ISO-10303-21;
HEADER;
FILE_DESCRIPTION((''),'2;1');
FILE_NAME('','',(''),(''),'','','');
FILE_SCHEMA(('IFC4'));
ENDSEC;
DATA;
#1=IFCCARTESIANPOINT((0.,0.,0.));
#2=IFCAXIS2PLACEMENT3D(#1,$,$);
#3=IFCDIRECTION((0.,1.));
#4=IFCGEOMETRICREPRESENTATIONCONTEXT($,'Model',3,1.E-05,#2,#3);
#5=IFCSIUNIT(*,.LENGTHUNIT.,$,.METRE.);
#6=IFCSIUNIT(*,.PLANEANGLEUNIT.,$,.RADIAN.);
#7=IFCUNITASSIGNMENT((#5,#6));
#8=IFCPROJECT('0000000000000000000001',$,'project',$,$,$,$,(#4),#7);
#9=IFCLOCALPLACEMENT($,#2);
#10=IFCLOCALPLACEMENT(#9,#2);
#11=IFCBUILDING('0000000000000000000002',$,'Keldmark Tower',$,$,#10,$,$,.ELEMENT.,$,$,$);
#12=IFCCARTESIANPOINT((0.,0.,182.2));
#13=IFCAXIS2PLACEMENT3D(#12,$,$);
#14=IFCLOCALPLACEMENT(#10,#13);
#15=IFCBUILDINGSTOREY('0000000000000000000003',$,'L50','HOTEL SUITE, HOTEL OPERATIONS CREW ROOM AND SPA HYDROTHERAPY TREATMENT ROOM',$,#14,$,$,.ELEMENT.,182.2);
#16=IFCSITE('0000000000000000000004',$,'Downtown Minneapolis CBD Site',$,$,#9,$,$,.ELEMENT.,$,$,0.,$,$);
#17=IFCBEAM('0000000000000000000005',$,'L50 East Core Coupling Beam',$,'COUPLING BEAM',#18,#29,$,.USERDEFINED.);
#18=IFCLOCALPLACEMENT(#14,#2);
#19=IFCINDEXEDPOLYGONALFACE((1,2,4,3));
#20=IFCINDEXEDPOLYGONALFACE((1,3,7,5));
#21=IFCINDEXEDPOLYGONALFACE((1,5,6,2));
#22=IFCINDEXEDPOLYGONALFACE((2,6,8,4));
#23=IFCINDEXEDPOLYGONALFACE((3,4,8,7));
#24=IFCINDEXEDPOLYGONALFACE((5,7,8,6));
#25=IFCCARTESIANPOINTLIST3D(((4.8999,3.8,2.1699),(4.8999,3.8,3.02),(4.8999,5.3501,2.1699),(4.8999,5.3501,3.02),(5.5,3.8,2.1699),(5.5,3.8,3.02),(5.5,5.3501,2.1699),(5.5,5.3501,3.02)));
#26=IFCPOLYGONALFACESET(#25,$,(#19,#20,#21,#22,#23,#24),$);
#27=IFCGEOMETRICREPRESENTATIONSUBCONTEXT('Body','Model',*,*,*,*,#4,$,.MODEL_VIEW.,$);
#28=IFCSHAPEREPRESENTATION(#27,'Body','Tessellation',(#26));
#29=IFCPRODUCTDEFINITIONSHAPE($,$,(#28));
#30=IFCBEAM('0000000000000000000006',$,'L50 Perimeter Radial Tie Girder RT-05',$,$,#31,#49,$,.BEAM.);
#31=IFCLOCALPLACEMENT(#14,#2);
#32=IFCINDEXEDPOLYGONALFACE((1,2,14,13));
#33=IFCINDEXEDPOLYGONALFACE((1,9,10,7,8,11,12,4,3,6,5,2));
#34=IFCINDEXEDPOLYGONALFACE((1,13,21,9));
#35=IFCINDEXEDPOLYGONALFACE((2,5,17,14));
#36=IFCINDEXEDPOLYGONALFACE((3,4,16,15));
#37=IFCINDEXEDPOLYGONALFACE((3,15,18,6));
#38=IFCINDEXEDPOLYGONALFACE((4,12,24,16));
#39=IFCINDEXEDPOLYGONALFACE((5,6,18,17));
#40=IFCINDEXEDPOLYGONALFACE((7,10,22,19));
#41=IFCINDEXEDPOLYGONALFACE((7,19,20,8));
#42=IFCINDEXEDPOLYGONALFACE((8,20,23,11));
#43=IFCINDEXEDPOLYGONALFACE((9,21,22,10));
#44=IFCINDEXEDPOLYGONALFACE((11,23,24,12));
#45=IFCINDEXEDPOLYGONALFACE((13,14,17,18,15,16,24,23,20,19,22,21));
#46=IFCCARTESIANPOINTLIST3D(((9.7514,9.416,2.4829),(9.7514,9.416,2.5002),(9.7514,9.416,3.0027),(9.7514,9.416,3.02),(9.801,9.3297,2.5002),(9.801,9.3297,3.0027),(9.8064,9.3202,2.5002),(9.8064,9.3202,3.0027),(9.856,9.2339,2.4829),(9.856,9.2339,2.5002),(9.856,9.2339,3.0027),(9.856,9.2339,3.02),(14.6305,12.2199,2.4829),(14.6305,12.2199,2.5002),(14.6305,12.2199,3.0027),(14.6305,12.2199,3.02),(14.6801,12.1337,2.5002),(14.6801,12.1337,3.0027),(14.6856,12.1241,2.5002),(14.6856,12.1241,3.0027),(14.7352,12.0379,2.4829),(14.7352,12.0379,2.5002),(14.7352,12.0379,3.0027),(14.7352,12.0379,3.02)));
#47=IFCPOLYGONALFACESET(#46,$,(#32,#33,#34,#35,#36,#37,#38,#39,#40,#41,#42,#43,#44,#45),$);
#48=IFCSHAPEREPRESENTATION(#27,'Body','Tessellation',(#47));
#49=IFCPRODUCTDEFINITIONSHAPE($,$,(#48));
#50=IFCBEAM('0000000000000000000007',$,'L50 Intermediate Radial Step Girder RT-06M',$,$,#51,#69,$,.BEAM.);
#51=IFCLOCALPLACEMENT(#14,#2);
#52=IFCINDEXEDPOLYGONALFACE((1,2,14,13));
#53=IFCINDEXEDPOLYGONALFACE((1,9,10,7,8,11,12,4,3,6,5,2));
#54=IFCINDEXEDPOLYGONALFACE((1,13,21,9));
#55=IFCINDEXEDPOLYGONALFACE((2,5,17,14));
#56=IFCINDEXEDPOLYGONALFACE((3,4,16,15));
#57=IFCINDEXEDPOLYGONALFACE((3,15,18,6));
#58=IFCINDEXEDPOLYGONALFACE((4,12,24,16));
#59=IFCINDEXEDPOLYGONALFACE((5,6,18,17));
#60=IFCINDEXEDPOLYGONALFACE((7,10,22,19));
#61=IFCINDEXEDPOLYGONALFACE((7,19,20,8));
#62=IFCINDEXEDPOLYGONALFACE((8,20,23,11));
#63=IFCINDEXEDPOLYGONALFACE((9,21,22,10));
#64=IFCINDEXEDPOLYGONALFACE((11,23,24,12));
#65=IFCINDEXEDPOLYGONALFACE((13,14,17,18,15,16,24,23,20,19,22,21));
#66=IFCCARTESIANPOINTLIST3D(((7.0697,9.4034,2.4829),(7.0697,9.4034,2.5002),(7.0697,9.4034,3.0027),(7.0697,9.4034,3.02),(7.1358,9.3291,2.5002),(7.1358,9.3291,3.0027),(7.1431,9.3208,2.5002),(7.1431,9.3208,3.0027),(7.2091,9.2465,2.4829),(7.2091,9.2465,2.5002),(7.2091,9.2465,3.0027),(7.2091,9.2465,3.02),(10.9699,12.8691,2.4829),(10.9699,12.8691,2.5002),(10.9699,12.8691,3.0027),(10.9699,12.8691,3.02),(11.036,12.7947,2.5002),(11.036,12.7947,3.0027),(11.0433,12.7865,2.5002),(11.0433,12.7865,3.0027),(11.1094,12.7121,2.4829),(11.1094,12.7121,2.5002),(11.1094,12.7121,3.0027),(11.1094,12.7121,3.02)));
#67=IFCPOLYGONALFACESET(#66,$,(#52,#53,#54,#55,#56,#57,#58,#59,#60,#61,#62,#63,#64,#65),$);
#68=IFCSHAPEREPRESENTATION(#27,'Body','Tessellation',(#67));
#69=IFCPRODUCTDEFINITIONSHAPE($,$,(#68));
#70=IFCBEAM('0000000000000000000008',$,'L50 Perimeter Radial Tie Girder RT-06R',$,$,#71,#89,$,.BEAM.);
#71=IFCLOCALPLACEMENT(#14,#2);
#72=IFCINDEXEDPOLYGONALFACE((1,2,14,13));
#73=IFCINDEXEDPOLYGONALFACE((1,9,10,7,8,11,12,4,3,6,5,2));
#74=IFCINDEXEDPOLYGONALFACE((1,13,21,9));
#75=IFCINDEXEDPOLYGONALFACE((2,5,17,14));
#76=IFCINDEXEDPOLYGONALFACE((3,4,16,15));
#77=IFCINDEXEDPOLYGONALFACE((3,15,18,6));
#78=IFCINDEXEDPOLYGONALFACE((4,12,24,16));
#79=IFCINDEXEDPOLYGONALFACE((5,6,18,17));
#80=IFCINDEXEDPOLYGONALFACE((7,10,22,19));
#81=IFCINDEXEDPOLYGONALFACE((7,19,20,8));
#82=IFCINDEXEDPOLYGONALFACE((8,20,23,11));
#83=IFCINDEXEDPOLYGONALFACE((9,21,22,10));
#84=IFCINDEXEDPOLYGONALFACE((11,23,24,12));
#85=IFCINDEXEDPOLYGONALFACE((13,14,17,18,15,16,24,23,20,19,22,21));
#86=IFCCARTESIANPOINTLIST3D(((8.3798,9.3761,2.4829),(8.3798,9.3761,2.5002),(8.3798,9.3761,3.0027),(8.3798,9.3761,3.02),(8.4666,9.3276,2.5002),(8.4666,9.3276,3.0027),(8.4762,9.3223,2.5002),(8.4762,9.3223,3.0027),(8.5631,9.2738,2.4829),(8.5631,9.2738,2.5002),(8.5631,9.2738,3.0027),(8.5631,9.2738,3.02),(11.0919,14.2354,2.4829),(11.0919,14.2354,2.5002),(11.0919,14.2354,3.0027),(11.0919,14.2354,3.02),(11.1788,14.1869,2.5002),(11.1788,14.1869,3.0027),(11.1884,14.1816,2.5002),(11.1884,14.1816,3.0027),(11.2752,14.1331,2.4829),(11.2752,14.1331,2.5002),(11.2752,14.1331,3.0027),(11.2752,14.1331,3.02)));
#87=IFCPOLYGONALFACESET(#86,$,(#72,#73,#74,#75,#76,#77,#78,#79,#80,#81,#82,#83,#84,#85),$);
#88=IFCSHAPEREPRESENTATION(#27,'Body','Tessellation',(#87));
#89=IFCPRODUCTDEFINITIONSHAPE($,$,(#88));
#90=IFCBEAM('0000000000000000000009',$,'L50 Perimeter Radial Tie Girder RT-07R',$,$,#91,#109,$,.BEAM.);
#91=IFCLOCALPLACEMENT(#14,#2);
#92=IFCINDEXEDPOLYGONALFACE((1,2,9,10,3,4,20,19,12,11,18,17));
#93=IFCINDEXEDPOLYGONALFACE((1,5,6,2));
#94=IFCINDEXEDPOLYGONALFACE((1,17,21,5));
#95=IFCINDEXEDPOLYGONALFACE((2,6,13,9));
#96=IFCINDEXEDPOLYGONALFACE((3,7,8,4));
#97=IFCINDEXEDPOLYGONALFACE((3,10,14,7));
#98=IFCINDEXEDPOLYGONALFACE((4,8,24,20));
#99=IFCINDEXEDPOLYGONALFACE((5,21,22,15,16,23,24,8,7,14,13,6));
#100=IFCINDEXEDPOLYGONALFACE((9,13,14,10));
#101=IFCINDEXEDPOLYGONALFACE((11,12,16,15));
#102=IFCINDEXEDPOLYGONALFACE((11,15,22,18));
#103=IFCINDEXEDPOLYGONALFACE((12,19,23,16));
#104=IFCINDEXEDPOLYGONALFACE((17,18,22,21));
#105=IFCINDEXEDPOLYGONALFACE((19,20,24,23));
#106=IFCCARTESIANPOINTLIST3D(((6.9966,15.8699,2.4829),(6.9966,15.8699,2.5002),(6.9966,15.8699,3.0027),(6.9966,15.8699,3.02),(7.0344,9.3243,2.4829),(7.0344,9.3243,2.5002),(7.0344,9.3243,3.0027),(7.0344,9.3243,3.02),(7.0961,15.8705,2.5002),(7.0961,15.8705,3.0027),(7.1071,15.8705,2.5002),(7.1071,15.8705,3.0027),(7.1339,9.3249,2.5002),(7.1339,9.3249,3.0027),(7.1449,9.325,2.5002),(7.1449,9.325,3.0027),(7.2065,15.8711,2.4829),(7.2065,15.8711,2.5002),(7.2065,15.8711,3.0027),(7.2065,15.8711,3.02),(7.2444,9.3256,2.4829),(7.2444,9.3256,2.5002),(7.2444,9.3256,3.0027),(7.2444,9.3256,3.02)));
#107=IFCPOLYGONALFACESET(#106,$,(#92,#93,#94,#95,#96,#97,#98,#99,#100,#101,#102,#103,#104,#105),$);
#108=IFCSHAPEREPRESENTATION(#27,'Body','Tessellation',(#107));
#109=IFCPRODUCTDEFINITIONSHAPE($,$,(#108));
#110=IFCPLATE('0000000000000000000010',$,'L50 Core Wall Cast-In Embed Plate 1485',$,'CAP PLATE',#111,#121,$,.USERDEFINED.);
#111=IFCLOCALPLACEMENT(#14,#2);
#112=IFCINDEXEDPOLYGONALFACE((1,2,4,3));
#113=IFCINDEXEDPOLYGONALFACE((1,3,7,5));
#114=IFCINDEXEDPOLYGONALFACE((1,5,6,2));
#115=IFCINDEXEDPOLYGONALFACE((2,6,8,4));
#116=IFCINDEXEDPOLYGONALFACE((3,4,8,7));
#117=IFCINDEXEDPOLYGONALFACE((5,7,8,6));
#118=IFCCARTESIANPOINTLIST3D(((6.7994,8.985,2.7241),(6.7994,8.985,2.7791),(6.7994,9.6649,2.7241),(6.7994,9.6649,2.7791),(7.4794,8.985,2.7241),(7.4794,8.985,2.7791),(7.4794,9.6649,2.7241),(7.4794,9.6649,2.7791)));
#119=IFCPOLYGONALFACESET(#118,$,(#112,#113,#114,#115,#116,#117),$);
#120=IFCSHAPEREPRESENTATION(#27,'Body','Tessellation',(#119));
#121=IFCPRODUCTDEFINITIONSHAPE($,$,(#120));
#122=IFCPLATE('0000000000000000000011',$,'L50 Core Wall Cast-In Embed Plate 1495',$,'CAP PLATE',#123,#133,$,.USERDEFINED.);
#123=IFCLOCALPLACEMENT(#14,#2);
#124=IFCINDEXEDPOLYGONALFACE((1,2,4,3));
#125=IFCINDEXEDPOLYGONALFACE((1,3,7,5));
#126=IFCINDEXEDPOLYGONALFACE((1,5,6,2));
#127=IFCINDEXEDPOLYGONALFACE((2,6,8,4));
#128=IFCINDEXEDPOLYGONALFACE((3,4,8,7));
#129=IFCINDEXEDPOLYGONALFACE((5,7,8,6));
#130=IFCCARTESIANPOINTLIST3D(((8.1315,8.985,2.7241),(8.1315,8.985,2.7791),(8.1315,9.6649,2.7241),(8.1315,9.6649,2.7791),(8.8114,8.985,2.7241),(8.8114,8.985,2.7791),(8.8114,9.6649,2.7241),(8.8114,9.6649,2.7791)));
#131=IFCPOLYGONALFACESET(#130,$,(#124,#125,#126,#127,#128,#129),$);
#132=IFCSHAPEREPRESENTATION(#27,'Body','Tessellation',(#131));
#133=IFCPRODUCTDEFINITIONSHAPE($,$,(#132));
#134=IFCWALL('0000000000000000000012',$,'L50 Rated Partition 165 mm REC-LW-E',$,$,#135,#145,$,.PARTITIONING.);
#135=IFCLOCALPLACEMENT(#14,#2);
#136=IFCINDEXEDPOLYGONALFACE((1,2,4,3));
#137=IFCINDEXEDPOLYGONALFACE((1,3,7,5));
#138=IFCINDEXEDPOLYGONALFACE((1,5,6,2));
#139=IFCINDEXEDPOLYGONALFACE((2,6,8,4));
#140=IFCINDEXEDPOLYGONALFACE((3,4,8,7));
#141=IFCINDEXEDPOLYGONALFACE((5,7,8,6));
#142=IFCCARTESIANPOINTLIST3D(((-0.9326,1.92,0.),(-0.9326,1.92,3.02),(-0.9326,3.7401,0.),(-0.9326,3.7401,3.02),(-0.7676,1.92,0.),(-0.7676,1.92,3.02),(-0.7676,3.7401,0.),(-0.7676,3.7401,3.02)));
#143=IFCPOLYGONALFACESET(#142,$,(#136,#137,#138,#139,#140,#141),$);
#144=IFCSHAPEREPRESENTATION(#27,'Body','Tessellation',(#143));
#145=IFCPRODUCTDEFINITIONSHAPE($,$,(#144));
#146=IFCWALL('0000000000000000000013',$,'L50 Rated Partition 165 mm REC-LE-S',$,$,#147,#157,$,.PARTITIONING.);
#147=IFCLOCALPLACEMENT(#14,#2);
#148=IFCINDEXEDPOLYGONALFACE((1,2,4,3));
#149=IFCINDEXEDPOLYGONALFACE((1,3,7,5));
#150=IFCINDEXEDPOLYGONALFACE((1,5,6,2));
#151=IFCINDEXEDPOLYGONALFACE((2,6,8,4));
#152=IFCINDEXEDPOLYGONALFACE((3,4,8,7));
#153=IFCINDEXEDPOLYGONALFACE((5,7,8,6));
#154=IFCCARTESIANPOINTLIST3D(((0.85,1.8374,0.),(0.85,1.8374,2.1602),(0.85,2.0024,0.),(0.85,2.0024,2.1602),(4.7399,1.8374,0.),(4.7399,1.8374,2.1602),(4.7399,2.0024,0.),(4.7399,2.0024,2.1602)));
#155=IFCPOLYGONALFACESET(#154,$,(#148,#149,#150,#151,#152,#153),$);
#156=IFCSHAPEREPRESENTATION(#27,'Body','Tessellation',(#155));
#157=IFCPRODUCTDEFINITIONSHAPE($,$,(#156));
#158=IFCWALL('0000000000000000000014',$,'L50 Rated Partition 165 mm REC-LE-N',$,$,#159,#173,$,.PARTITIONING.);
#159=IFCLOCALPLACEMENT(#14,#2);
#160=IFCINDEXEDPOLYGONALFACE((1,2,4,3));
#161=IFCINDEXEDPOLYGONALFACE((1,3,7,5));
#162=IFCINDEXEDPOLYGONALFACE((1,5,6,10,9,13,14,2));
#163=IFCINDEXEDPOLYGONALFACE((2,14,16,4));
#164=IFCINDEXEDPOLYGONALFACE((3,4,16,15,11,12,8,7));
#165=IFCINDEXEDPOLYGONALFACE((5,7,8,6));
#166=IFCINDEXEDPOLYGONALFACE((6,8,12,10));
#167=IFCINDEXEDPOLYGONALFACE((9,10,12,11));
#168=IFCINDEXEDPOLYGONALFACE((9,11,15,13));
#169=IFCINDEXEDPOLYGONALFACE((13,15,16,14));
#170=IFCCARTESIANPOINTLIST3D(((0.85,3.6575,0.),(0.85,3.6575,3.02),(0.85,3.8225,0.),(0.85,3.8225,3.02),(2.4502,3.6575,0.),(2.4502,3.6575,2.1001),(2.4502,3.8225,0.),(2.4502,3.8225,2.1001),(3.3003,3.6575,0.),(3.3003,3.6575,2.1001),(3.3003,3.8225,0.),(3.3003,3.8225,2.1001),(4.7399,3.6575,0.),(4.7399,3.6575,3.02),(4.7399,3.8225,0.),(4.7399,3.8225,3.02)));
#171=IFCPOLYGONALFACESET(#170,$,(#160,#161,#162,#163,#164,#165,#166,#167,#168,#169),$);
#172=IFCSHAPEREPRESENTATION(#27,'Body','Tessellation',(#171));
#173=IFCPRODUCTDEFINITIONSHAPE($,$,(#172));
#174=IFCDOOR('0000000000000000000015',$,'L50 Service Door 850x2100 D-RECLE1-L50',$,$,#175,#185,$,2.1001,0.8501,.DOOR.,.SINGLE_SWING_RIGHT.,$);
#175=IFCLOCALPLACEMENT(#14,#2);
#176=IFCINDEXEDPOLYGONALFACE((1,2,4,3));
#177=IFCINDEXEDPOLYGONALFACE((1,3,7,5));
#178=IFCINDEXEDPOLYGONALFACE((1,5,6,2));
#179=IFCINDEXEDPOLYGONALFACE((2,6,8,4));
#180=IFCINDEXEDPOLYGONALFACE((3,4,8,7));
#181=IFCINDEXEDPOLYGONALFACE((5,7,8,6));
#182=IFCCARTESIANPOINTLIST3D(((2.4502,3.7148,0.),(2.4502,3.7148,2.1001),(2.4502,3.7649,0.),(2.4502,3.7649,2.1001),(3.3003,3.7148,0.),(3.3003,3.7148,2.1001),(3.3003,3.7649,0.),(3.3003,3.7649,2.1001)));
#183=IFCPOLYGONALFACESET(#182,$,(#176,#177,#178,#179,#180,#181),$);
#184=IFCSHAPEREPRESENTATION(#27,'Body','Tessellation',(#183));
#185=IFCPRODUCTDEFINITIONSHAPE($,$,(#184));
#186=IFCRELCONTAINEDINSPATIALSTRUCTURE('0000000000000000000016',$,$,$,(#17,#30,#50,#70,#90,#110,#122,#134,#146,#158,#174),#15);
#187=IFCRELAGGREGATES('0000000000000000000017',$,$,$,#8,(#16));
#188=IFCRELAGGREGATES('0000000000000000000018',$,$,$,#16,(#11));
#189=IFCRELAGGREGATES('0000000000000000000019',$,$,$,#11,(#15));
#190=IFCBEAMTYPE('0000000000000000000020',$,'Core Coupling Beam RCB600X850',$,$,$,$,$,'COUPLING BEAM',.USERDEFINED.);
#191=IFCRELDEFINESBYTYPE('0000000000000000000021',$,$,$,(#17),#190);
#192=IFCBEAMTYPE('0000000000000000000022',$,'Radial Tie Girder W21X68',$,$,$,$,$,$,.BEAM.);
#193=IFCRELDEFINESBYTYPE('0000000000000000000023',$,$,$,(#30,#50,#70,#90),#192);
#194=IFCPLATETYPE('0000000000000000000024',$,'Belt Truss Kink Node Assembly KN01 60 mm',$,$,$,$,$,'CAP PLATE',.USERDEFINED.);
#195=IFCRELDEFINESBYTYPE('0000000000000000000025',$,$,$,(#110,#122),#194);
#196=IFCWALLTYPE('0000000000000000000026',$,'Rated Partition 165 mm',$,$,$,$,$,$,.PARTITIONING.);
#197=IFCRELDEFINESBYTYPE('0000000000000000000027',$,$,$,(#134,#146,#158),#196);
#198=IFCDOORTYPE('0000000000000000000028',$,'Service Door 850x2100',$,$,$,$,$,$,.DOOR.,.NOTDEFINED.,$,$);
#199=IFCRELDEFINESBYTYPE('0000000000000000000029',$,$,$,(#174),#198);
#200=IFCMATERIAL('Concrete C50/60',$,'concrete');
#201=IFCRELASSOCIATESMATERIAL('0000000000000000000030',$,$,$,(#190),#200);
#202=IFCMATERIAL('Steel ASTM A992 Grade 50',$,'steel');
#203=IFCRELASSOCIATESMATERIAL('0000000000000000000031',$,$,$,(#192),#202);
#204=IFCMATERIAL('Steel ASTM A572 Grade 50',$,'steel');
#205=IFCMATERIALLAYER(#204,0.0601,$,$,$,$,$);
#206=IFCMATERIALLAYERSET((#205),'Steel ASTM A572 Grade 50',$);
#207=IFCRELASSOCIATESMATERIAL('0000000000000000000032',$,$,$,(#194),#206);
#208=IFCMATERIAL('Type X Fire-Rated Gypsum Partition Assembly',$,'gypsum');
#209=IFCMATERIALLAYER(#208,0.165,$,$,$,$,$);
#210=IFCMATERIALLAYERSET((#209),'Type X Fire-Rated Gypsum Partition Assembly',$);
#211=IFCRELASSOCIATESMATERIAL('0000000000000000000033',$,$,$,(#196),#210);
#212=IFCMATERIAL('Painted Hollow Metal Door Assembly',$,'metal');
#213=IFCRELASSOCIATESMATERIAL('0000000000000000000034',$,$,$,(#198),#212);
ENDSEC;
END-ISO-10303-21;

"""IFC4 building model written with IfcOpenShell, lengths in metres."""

from ifc_helpers import new_model, si_unit, direction, frame, frame_2d, origin, origin_2d, place, context, subcontext, project, spatial, rectangle, i_section, extrude, material, layer, layer_set, material_profile, profile_set, type_object, element, fill, save


model = new_model("IFC4")

# Units and contexts
model_context = context("Model", 3, precision=1e-05, world=origin(), true_north=direction((0.0, 1.0)))
body_context = subcontext(model_context, "Body", "Model", "MODEL_VIEW")
ifc_project = project(units=[si_unit("LENGTHUNIT", "METRE"), si_unit("PLANEANGLEUNIT", "RADIAN")], contexts=[model_context])

# Site, building, storey
site_placement = place(None, origin())
site = spatial("IfcSite", under=ifc_project, at=site_placement, Name="Downtown Minneapolis CBD Site", CompositionType="ELEMENT", RefElevation=0.0)
building_placement = place(site_placement, origin())
building = spatial("IfcBuilding", under=site, at=building_placement, Name="Keldmark Tower", CompositionType="ELEMENT")
storey_placement = place(building_placement, frame((0.0, 0.0, 182.2)))
storey = spatial("IfcBuildingStorey", under=building, at=storey_placement, Name="L50", Description="HOTEL SUITE, HOTEL OPERATIONS CREW ROOM AND SPA HYDROTHERAPY TREATMENT ROOM", CompositionType="ELEMENT", Elevation=182.2)

# Beams
ifc_material_1 = material(Name="Concrete C50/60", Category="concrete")
ifc_material_profile_1 = material_profile(ifc_material_1, rectangle(XDim=0.6001, YDim=0.8501, at=origin_2d()), Name="RCB600X850")
ifc_profile_set_1 = profile_set([ifc_material_profile_1], Name="Concrete C50/60")
beam_type_1 = type_object("IfcBeamType", Name="Core Coupling Beam RCB600X850", ElementType="COUPLING BEAM", PredefinedType="USERDEFINED", material=ifc_profile_set_1)
beam_1_placement = place(storey_placement, frame((5.2, 3.8, 2.595), z_axis=(0.0, 1.0, 0.0), x_axis=(-1.0, 0.0, 0.0)))
element("IfcBeam", 1, at=beam_1_placement, inside=storey, type_object=beam_type_1, Name="L50 East Core Coupling Beam", ObjectType="COUPLING BEAM", PredefinedType="USERDEFINED", context=body_context, shape_type="SweptSolid", body=[
    extrude(rectangle(XDim=0.6001, YDim=0.8501, at=origin_2d()), origin(), (0.0, 0.0, 1.0), 1.55),
])
ifc_material_2 = material(Name="Steel ASTM A992 Grade 50", Category="steel")
ifc_material_profile_2 = material_profile(ifc_material_2, i_section(OverallWidth=0.21, OverallDepth=0.5371, WebThickness=0.011, FlangeThickness=0.0173, at=origin_2d()), Name="W21X68")
ifc_profile_set_2 = profile_set([ifc_material_profile_2], Name="Steel ASTM A992 Grade 50")
beam_type_2 = type_object("IfcBeamType", Name="Radial Tie Girder W21X68", PredefinedType="BEAM", material=ifc_profile_set_2)
beam_2_placement = place(storey_placement, frame((9.8037, 9.325, 2.7515), z_axis=(0.867026, 0.498263, 0.0), x_axis=(-0.498263, 0.867026, 0.0)))
element("IfcBeam", 2, at=beam_2_placement, inside=storey, type_object=beam_type_2, Name="L50 Perimeter Radial Tie Girder RT-05", PredefinedType="BEAM", context=body_context, shape_type="SweptSolid", body=[
    extrude(i_section(OverallWidth=0.21, OverallDepth=0.5371, WebThickness=0.011, FlangeThickness=0.0173, at=origin_2d()), origin(), (0.0, 0.0, 1.0), 5.6274),
])
beam_3_placement = place(storey_placement, frame((7.1394, 9.325, 2.7515), z_axis=(0.747525, 0.664233, 0.0), x_axis=(-0.664233, 0.747525, 0.0)))
element("IfcBeam", 3, at=beam_3_placement, inside=storey, type_object=beam_type_2, Name="L50 Intermediate Radial Step Girder RT-06M", PredefinedType="BEAM", context=body_context, shape_type="SweptSolid", body=[
    extrude(i_section(OverallWidth=0.21, OverallDepth=0.5371, WebThickness=0.011, FlangeThickness=0.0173, at=origin_2d()), origin(), (0.0, 0.0, 1.0), 5.2175),
])
beam_4_placement = place(storey_placement, frame((8.4714, 9.325, 2.7515), z_axis=(0.487359, 0.873202, 0.0), x_axis=(-0.873202, 0.487359, 0.0)))
element("IfcBeam", 4, at=beam_4_placement, inside=storey, type_object=beam_type_2, Name="L50 Perimeter Radial Tie Girder RT-06R", PredefinedType="BEAM", context=body_context, shape_type="SweptSolid", body=[
    extrude(i_section(OverallWidth=0.21, OverallDepth=0.5371, WebThickness=0.011, FlangeThickness=0.0173, at=origin_2d()), origin(), (0.0, 0.0, 1.0), 5.5649),
])
beam_5_placement = place(storey_placement, frame((7.1394, 9.325, 2.7515), z_axis=(-0.005781, 0.999983, 0.0), x_axis=(-0.999983, -0.005781, 0.0)))
element("IfcBeam", 5, at=beam_5_placement, inside=storey, type_object=beam_type_2, Name="L50 Perimeter Radial Tie Girder RT-07R", PredefinedType="BEAM", context=body_context, shape_type="SweptSolid", body=[
    extrude(i_section(OverallWidth=0.21, OverallDepth=0.5371, WebThickness=0.011, FlangeThickness=0.0173, at=origin_2d()), origin(), (0.0, 0.0, 1.0), 6.5457),
])

# Plates
ifc_material_3 = material(Name="Steel ASTM A572 Grade 50", Category="steel")
ifc_layer_1 = layer(ifc_material_3, 0.0601)
ifc_layer_set_1 = layer_set([ifc_layer_1], Name="Steel ASTM A572 Grade 50")
plate_type = type_object("IfcPlateType", Name="Belt Truss Kink Node Assembly KN01 60 mm", ElementType="CAP PLATE", PredefinedType="USERDEFINED", material=ifc_layer_set_1)
for number, where, z_axis, x_axis, name in (
    (6, (7.1394, 9.325, 2.7241), (0.0, 0.0, 1.0), (1.0, 0.0, 0.0), "L50 Core Wall Cast-In Embed Plate 1485"),
    (7, (8.4714, 9.325, 2.7241), (0.0, 0.0, 1.0), (1.0, 0.0, 0.0), "L50 Core Wall Cast-In Embed Plate 1495"),
):
    element("IfcPlate", number, at=place(storey_placement, frame(where, z_axis=z_axis, x_axis=x_axis)), inside=storey, type_object=plate_type, Name=name, ObjectType="CAP PLATE", PredefinedType="USERDEFINED", context=body_context, shape_type="SweptSolid", body=[
        extrude(rectangle(XDim=0.6799, YDim=0.6799, at=origin_2d()), origin(), (0.0, 0.0, 1.0), 0.0549),
    ])

# Walls
ifc_material_4 = material(Name="Type X Fire-Rated Gypsum Partition Assembly", Category="gypsum")
ifc_layer_2 = layer(ifc_material_4, 0.165)
ifc_layer_set_2 = layer_set([ifc_layer_2], Name="Type X Fire-Rated Gypsum Partition Assembly")
wall_type_1 = type_object("IfcWallType", Name="Rated Partition 165 mm", PredefinedType="PARTITIONING", material=ifc_layer_set_2)
wall_1_placement = place(storey_placement, frame((-0.8501, 1.9199, 0.0), z_axis=(0.0, 0.0, 1.0), x_axis=(0.0, 1.0, 0.0)))
element("IfcWall", 8, at=wall_1_placement, inside=storey, type_object=wall_type_1, Name="L50 Rated Partition 165 mm REC-LW-E", PredefinedType="PARTITIONING", context=body_context, shape_type="SweptSolid", body=[
    extrude(rectangle(XDim=1.8201, YDim=0.165, at=frame_2d((0.9102, 0.0))), origin(), (0.0, 0.0, 1.0), 3.02),
])
wall_2_placement = place(storey_placement, frame((0.8501, 1.9199, 0.0), z_axis=(0.0, 0.0, 1.0), x_axis=(1.0, 0.0, 0.0)))
element("IfcWall", 9, at=wall_2_placement, inside=storey, type_object=wall_type_1, Name="L50 Rated Partition 165 mm REC-LE-S", PredefinedType="PARTITIONING", context=body_context, shape_type="SweptSolid", body=[
    extrude(rectangle(XDim=3.8899, YDim=0.165, at=frame_2d((1.9448, 0.0))), origin(), (0.0, 0.0, 1.0), 2.1602),
])

# Wall, opening, door
wall_3_placement = place(storey_placement, frame((0.8501, 3.74, 0.0), z_axis=(0.0, 0.0, 1.0), x_axis=(1.0, 0.0, 0.0)))
wall_3 = element("IfcWall", 10, at=wall_3_placement, inside=storey, type_object=wall_type_1, Name="L50 Rated Partition 165 mm REC-LE-N", PredefinedType="PARTITIONING", context=body_context, shape_type="SweptSolid", body=[
    extrude(rectangle(XDim=3.8899, YDim=0.165, at=frame_2d((1.9448, 0.0))), origin(), (0.0, 0.0, 1.0), 3.02),
])
opening_1_placement = place(wall_3_placement, frame((1.6001, 0.0, 0.0)))
opening_1 = element("IfcOpeningElement", 11, at=opening_1_placement, cuts=wall_3, PredefinedType="OPENING", context=body_context, shape_type="SweptSolid", body=[
    extrude(rectangle(XDim=0.8501, YDim=2.1001, at=frame_2d((0.425, 1.05))), frame((0.0, 0.0925, 0.0), z_axis=(0.0, -1.0, 0.0), x_axis=(1.0, 0.0, 0.0)), (0.0, 0.0, 1.0), 0.1851),
])
ifc_material_5 = material(Name="Painted Hollow Metal Door Assembly", Category="metal")
door_type_1 = type_object("IfcDoorType", Name="Service Door 850x2100", OperationType="NOTDEFINED", PredefinedType="DOOR", material=ifc_material_5)
door_1_placement = place(opening_1_placement, origin())
door_1 = element("IfcDoor", 12, at=door_1_placement, inside=storey, type_object=door_type_1, Name="L50 Service Door 850x2100 D-RECLE1-L50", OperationType="SINGLE_SWING_RIGHT", OverallHeight=2.1001, OverallWidth=0.8501, PredefinedType="DOOR", context=body_context, shape_type="SweptSolid", body=[
    extrude(rectangle(XDim=0.8501, YDim=2.1001, at=frame_2d((0.425, 1.05))), frame((0.0, 0.0249, 0.0), z_axis=(0.0, -1.0, 0.0), x_axis=(1.0, 0.0, 0.0)), (0.0, 0.0, 1.0), 0.05),
])
fill(opening_1, door_1)

save(model, "model.ifc")
